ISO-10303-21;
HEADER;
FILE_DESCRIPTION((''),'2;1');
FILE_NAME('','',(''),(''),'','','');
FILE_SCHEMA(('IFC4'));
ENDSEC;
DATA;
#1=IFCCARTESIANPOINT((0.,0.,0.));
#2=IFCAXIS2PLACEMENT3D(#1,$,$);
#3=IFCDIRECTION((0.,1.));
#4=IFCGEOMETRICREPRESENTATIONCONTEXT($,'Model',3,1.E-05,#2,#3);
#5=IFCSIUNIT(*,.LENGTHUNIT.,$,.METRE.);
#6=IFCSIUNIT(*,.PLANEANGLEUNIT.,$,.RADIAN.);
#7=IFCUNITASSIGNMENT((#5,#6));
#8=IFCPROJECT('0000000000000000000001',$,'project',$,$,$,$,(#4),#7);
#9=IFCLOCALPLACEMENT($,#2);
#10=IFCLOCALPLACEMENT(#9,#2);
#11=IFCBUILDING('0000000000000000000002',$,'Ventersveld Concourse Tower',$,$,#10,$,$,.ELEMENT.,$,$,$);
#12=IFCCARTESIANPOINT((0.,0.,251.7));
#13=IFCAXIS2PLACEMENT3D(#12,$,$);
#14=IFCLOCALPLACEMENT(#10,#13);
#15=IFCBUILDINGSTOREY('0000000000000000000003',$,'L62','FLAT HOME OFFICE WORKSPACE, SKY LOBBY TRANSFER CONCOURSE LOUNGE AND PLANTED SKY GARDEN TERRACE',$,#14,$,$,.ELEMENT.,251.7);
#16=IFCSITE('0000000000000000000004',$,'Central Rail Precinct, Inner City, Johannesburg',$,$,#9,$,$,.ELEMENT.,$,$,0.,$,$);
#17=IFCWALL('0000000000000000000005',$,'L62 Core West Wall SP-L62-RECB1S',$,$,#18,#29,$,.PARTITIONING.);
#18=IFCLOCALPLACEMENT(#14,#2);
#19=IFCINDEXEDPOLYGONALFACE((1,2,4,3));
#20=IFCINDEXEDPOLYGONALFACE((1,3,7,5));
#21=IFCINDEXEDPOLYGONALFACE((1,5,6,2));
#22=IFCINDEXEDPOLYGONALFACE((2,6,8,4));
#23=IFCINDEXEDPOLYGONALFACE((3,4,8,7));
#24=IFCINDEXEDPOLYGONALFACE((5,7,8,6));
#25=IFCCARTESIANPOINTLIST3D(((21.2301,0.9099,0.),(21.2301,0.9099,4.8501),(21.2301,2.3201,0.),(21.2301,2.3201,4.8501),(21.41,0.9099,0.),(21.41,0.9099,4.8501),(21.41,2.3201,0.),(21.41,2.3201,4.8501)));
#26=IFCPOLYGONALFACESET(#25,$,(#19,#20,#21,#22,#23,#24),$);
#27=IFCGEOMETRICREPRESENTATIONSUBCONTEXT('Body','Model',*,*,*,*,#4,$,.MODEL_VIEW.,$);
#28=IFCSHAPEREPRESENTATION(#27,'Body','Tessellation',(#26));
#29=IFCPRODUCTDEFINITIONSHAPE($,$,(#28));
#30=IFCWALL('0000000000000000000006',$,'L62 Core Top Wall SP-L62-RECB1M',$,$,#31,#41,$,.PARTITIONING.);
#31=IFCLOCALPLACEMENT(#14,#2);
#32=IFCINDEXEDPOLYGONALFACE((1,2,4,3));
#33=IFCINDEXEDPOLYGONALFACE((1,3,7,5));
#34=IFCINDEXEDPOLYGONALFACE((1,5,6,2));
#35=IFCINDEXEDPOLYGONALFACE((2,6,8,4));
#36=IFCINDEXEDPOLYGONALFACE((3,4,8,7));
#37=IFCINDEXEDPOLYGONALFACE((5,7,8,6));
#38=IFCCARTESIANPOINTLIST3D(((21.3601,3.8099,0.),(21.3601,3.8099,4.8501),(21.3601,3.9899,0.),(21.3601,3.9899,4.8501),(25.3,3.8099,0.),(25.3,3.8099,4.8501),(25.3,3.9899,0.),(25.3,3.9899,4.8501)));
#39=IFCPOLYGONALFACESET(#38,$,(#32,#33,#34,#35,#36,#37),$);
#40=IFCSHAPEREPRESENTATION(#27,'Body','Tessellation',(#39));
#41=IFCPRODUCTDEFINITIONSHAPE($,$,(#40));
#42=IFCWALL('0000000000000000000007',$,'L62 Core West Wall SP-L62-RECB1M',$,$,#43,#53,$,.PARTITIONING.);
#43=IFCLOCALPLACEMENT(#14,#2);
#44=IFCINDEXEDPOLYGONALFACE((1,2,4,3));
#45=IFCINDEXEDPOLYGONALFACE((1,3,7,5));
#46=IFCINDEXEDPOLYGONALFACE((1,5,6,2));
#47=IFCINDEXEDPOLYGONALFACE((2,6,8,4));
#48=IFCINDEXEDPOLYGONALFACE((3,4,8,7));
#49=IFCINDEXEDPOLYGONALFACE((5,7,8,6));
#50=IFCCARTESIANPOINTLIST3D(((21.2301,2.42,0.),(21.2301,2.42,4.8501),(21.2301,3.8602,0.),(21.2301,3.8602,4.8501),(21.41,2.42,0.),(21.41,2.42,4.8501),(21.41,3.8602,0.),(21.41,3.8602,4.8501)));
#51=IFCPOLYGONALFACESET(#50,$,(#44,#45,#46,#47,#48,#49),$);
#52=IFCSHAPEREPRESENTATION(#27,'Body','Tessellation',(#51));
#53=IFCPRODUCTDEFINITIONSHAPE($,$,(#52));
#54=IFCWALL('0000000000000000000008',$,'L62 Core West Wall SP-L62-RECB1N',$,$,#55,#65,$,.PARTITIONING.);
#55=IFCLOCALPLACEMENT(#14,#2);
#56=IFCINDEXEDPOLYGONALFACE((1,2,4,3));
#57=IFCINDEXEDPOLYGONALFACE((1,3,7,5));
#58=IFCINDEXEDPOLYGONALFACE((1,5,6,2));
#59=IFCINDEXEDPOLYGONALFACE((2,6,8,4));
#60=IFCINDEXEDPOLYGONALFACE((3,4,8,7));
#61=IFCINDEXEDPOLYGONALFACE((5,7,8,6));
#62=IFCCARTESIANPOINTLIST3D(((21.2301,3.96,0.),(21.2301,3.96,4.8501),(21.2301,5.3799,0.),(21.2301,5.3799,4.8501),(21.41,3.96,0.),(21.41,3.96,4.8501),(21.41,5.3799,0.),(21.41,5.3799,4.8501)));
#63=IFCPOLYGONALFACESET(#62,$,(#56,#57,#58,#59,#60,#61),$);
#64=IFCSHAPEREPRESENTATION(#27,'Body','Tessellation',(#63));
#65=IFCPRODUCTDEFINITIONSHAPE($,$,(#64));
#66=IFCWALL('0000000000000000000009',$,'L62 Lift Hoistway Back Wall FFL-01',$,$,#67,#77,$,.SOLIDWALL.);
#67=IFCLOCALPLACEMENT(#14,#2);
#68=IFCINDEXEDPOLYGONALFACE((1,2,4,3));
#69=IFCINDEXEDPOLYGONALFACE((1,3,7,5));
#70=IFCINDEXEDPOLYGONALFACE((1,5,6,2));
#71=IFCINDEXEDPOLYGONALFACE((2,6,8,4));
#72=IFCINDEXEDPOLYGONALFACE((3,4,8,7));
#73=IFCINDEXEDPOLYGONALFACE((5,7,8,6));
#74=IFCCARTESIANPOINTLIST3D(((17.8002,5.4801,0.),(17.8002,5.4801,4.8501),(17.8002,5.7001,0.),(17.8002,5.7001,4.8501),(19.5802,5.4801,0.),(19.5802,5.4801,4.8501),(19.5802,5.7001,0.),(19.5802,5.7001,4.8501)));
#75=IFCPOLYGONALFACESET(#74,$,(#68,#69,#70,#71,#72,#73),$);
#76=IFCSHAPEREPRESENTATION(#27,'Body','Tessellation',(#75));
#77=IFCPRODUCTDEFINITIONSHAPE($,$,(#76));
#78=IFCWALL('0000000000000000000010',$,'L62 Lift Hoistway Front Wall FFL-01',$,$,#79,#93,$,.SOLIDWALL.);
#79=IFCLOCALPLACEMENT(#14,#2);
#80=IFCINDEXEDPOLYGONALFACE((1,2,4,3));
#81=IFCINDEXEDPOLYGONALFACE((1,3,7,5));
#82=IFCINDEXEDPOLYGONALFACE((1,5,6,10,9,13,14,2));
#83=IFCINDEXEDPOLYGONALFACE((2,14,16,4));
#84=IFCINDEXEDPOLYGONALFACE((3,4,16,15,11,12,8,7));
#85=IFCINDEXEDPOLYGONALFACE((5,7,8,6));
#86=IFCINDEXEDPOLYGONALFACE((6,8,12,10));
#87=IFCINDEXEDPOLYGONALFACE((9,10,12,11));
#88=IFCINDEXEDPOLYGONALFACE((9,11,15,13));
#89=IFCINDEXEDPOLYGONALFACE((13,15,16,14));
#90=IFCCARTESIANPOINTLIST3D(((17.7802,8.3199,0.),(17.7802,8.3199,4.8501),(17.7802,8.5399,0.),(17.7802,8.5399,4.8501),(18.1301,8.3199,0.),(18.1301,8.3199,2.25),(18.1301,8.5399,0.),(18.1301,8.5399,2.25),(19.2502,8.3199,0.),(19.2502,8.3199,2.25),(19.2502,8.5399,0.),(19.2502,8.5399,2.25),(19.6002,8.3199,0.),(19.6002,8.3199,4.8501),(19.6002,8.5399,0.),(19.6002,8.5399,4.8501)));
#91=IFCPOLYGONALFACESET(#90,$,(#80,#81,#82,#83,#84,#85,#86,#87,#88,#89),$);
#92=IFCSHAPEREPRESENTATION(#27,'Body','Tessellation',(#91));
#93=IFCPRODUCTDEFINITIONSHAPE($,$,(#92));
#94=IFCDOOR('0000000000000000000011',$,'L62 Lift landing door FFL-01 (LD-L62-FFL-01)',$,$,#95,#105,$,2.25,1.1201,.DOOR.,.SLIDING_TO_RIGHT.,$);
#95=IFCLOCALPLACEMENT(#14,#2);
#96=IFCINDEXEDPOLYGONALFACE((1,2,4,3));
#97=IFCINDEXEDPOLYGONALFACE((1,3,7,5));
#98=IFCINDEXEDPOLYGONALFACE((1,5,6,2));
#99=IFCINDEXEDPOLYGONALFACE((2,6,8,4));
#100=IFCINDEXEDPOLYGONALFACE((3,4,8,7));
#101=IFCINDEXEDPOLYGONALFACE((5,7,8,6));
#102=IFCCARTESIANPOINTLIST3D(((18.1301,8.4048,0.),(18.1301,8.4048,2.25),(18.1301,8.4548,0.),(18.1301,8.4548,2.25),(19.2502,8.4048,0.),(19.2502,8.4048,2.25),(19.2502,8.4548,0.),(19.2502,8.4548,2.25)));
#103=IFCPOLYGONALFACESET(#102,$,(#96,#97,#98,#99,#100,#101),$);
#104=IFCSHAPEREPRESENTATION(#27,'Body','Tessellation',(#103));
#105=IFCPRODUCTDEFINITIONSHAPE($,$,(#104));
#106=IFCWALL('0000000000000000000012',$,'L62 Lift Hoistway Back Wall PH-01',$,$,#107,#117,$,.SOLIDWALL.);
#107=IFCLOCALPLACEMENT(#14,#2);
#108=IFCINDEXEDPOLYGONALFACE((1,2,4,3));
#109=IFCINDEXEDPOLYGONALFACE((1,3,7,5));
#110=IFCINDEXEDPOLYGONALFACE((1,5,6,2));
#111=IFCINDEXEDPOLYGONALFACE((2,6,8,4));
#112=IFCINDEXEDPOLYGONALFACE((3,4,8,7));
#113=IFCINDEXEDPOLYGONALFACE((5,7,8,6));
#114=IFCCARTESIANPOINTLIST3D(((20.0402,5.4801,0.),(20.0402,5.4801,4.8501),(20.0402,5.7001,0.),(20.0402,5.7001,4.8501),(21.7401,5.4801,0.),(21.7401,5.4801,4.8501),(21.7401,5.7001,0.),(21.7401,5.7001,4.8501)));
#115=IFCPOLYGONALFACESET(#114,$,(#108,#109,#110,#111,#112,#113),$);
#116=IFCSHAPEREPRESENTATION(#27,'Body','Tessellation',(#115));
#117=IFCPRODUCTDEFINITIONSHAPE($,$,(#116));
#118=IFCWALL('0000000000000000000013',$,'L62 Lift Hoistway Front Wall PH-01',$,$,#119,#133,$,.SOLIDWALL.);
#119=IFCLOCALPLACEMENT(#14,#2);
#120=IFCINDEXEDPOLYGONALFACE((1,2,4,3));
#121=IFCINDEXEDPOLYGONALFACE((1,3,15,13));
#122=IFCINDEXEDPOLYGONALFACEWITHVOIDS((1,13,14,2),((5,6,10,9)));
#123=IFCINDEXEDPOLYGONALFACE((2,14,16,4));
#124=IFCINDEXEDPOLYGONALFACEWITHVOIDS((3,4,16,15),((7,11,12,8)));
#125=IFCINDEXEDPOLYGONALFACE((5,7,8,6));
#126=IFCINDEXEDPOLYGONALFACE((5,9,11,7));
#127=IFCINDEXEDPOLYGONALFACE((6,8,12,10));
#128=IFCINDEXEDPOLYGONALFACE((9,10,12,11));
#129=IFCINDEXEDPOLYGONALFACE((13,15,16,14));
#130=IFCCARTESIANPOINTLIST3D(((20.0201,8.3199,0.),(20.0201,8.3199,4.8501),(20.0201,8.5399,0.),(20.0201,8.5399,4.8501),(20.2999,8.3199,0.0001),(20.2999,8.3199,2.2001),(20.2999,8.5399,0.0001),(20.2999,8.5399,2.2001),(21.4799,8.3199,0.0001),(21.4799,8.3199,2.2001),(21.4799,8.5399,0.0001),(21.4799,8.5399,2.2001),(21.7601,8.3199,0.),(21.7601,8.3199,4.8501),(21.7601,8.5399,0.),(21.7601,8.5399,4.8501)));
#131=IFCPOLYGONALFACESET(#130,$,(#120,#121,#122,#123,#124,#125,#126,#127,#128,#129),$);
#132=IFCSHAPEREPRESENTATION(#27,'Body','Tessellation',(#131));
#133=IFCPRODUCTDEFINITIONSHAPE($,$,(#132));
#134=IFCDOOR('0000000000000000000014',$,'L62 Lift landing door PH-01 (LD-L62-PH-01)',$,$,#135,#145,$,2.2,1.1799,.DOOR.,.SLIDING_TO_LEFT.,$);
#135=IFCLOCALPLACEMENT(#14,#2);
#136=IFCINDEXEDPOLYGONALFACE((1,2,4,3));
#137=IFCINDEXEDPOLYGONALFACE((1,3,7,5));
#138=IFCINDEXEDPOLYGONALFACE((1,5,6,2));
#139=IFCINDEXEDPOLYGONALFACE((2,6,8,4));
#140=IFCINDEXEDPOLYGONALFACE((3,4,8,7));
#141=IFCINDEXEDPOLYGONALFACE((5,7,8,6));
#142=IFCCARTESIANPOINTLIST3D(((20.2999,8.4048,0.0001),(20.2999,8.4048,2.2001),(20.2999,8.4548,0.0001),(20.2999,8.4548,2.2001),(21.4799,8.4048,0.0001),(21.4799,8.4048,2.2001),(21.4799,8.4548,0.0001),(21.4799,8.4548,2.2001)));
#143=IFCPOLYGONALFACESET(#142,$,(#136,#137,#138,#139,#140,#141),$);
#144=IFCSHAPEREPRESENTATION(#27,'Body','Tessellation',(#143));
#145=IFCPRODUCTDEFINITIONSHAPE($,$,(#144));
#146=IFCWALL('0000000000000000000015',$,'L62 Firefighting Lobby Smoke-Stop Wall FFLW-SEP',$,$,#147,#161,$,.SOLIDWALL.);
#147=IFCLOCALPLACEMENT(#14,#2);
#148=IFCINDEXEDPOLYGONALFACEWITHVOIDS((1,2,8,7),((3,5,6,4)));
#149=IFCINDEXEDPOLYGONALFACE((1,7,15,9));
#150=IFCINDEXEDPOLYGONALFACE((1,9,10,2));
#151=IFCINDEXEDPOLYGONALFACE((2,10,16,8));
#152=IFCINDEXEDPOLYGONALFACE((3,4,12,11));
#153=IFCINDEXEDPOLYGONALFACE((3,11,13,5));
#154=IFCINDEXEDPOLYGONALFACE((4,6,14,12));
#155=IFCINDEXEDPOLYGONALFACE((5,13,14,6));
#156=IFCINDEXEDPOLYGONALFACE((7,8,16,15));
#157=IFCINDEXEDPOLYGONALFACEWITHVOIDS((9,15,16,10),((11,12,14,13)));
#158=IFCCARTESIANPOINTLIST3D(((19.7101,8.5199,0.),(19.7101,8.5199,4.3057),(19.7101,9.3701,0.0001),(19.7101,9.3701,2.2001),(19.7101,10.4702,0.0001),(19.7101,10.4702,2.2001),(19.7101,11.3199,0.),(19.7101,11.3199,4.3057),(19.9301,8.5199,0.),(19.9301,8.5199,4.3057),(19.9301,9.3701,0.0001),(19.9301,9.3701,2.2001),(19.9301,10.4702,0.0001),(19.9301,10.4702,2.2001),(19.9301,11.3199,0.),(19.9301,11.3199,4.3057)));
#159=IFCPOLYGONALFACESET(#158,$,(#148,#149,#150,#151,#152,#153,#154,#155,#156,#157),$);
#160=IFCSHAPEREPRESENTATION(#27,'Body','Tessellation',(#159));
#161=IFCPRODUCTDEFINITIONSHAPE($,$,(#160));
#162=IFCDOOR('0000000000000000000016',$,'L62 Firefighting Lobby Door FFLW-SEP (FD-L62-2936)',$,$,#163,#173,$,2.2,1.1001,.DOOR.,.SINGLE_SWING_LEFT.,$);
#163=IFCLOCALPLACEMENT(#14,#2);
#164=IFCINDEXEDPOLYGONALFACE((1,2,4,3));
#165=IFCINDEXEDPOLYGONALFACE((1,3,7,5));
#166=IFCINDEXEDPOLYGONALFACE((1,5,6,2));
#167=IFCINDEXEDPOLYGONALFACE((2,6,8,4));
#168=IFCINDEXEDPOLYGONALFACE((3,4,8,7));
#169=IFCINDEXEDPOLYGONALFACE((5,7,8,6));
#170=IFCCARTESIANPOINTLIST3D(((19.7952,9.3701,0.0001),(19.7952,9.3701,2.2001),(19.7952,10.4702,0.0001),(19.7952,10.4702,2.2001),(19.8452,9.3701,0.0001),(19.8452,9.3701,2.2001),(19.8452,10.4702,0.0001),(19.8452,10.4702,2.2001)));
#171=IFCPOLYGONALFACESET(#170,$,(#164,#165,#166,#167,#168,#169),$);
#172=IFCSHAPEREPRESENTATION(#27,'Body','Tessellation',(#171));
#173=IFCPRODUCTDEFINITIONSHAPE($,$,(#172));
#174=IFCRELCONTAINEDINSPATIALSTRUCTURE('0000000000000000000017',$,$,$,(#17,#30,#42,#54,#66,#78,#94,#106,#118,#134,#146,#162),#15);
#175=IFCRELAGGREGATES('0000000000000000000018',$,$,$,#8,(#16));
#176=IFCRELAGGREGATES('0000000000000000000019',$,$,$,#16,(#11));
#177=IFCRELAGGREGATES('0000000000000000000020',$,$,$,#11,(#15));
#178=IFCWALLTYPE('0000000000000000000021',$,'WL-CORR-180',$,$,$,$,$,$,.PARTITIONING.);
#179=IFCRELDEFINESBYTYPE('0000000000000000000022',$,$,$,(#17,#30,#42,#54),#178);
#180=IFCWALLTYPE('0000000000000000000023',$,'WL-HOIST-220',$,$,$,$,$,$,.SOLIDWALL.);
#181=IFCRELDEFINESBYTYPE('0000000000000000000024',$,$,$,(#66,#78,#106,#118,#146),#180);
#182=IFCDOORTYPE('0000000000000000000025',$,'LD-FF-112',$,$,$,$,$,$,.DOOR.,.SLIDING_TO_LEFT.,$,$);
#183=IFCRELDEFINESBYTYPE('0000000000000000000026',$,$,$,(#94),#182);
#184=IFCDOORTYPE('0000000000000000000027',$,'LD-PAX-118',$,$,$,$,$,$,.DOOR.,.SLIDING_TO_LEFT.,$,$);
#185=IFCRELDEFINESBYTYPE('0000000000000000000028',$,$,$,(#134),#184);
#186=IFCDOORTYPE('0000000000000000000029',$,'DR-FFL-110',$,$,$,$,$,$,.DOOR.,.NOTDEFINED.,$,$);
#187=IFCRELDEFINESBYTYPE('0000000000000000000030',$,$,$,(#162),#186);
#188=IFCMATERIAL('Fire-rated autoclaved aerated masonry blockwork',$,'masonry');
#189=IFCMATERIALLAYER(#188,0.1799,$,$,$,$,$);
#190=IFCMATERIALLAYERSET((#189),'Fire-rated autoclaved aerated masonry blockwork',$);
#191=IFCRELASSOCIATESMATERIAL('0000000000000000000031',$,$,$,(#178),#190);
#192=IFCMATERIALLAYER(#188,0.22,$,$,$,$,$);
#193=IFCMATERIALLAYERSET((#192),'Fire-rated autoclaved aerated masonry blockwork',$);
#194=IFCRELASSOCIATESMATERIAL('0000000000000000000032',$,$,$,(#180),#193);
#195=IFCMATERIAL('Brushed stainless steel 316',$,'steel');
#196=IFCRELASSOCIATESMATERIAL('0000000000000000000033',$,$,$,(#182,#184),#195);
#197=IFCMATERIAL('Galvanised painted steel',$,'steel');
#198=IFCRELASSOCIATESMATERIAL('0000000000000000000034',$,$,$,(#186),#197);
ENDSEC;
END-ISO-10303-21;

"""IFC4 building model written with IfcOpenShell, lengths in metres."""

from ifc_helpers import new_model, si_unit, direction, frame, frame_2d, origin, place, context, subcontext, project, spatial, rectangle, extrude, material, layer, layer_set, type_object, element, fill, save


model = new_model("IFC4")

# Units and contexts
model_context = context("Model", 3, precision=1e-05, world=origin(), true_north=direction((0.0, 1.0)))
body_context = subcontext(model_context, "Body", "Model", "MODEL_VIEW")
ifc_project = project(units=[si_unit("LENGTHUNIT", "METRE"), si_unit("PLANEANGLEUNIT", "RADIAN")], contexts=[model_context])

# Site, building, storey
site_placement = place(None, origin())
site = spatial("IfcSite", under=ifc_project, at=site_placement, Name="Central Rail Precinct, Inner City, Johannesburg", CompositionType="ELEMENT", RefElevation=0.0)
building_placement = place(site_placement, origin())
building = spatial("IfcBuilding", under=site, at=building_placement, Name="Ventersveld Concourse Tower", CompositionType="ELEMENT")
storey_placement = place(building_placement, frame((0.0, 0.0, 251.7)))
storey = spatial("IfcBuildingStorey", under=building, at=storey_placement, Name="L62", Description="FLAT HOME OFFICE WORKSPACE, SKY LOBBY TRANSFER CONCOURSE LOUNGE AND PLANTED SKY GARDEN TERRACE", CompositionType="ELEMENT", Elevation=251.7)

# Walls
ifc_material_1 = material(Name="Fire-rated autoclaved aerated masonry blockwork", Category="masonry")
ifc_layer_1 = layer(ifc_material_1, 0.1799)
ifc_layer_set_1 = layer_set([ifc_layer_1], Name="Fire-rated autoclaved aerated masonry blockwork")
wall_type_1 = type_object("IfcWallType", Name="WL-CORR-180", PredefinedType="PARTITIONING", material=ifc_layer_set_1)
wall_1_placement = place(storey_placement, frame((21.3201, 0.9099, 0.0), z_axis=(0.0, 0.0, 1.0), x_axis=(0.0, 1.0, 0.0)))
element("IfcWall", 1, at=wall_1_placement, inside=storey, type_object=wall_type_1, Name="L62 Core West Wall SP-L62-RECB1S", PredefinedType="PARTITIONING", context=body_context, shape_type="SweptSolid", body=[
    extrude(rectangle(XDim=1.4102, YDim=0.1799, at=frame_2d((0.7051, 0.0))), origin(), (0.0, 0.0, 1.0), 4.8501),
])
wall_2_placement = place(storey_placement, frame((21.3601, 3.8999, 0.0), z_axis=(0.0, 0.0, 1.0), x_axis=(1.0, 0.0, 0.0)))
element("IfcWall", 2, at=wall_2_placement, inside=storey, type_object=wall_type_1, Name="L62 Core Top Wall SP-L62-RECB1M", PredefinedType="PARTITIONING", context=body_context, shape_type="SweptSolid", body=[
    extrude(rectangle(XDim=3.9399, YDim=0.1799, at=frame_2d((1.97, 0.0))), origin(), (0.0, 0.0, 1.0), 4.8501),
])
wall_3_placement = place(storey_placement, frame((21.3201, 2.4199, 0.0), z_axis=(0.0, 0.0, 1.0), x_axis=(0.0, 1.0, 0.0)))
element("IfcWall", 3, at=wall_3_placement, inside=storey, type_object=wall_type_1, Name="L62 Core West Wall SP-L62-RECB1M", PredefinedType="PARTITIONING", context=body_context, shape_type="SweptSolid", body=[
    extrude(rectangle(XDim=1.4402, YDim=0.1799, at=frame_2d((0.7202, 0.0))), origin(), (0.0, 0.0, 1.0), 4.8501),
])
wall_4_placement = place(storey_placement, frame((21.3201, 3.96, 0.0), z_axis=(0.0, 0.0, 1.0), x_axis=(0.0, 1.0, 0.0)))
element("IfcWall", 4, at=wall_4_placement, inside=storey, type_object=wall_type_1, Name="L62 Core West Wall SP-L62-RECB1N", PredefinedType="PARTITIONING", context=body_context, shape_type="SweptSolid", body=[
    extrude(rectangle(XDim=1.4199, YDim=0.1799, at=frame_2d((0.71, 0.0))), origin(), (0.0, 0.0, 1.0), 4.8501),
])
ifc_layer_2 = layer(ifc_material_1, 0.22)
ifc_layer_set_2 = layer_set([ifc_layer_2], Name="Fire-rated autoclaved aerated masonry blockwork")
wall_type_2 = type_object("IfcWallType", Name="WL-HOIST-220", PredefinedType="SOLIDWALL", material=ifc_layer_set_2)
wall_5_placement = place(storey_placement, frame((17.8, 5.5901, 0.0), z_axis=(0.0, 0.0, 1.0), x_axis=(1.0, 0.0, 0.0)))
element("IfcWall", 5, at=wall_5_placement, inside=storey, type_object=wall_type_2, Name="L62 Lift Hoistway Back Wall FFL-01", PredefinedType="SOLIDWALL", context=body_context, shape_type="SweptSolid", body=[
    extrude(rectangle(XDim=1.78, YDim=0.22, at=frame_2d((0.8901, 0.0))), origin(), (0.0, 0.0, 1.0), 4.8501),
])

# Wall, opening, door
wall_6_placement = place(storey_placement, frame((17.78, 8.4299, 0.0), z_axis=(0.0, 0.0, 1.0), x_axis=(1.0, 0.0, 0.0)))
wall_6 = element("IfcWall", 6, at=wall_6_placement, inside=storey, type_object=wall_type_2, Name="L62 Lift Hoistway Front Wall FFL-01", PredefinedType="SOLIDWALL", context=body_context, shape_type="SweptSolid", body=[
    extrude(rectangle(XDim=1.8201, YDim=0.22, at=frame_2d((0.9102, 0.0))), origin(), (0.0, 0.0, 1.0), 4.8501),
])
opening_1_placement = place(wall_6_placement, frame((0.3501, 0.0, 0.0)))
opening_1 = element("IfcOpeningElement", 7, at=opening_1_placement, cuts=wall_6, PredefinedType="OPENING", context=body_context, shape_type="SweptSolid", body=[
    extrude(rectangle(XDim=1.1201, YDim=2.25, at=frame_2d((0.5601, 1.125))), frame((0.0, 0.1201, 0.0), z_axis=(0.0, -1.0, 0.0), x_axis=(1.0, 0.0, 0.0)), (0.0, 0.0, 1.0), 0.24),
])
ifc_material_2 = material(Name="Brushed stainless steel 316", Category="steel")
door_type_1 = type_object("IfcDoorType", Name="LD-FF-112", OperationType="SLIDING_TO_LEFT", PredefinedType="DOOR", material=ifc_material_2)
door_1_placement = place(opening_1_placement, origin())
door_1 = element("IfcDoor", 8, at=door_1_placement, inside=storey, type_object=door_type_1, Name="L62 Lift landing door FFL-01 (LD-L62-FFL-01)", OperationType="SLIDING_TO_RIGHT", OverallHeight=2.25, OverallWidth=1.1201, PredefinedType="DOOR", context=body_context, shape_type="SweptSolid", body=[
    extrude(rectangle(XDim=1.1201, YDim=2.25, at=frame_2d((0.5601, 1.125))), frame((0.0, 0.0249, 0.0), z_axis=(0.0, -1.0, 0.0), x_axis=(1.0, 0.0, 0.0)), (0.0, 0.0, 1.0), 0.05),
])
fill(opening_1, door_1)

# Wall
wall_7_placement = place(storey_placement, frame((20.04, 5.5901, 0.0), z_axis=(0.0, 0.0, 1.0), x_axis=(1.0, 0.0, 0.0)))
element("IfcWall", 9, at=wall_7_placement, inside=storey, type_object=wall_type_2, Name="L62 Lift Hoistway Back Wall PH-01", PredefinedType="SOLIDWALL", context=body_context, shape_type="SweptSolid", body=[
    extrude(rectangle(XDim=1.7, YDim=0.22, at=frame_2d((0.8501, 0.0))), origin(), (0.0, 0.0, 1.0), 4.8501),
])

# Walls, openings, doors
wall_8_placement = place(storey_placement, frame((20.02, 8.4299, 0.0), z_axis=(0.0, 0.0, 1.0), x_axis=(1.0, 0.0, 0.0)))
wall_8 = element("IfcWall", 10, at=wall_8_placement, inside=storey, type_object=wall_type_2, Name="L62 Lift Hoistway Front Wall PH-01", PredefinedType="SOLIDWALL", context=body_context, shape_type="SweptSolid", body=[
    extrude(rectangle(XDim=1.74, YDim=0.22, at=frame_2d((0.8701, 0.0))), origin(), (0.0, 0.0, 1.0), 4.8501),
])
opening_2_placement = place(wall_8_placement, frame((0.28, 0.0, 0.0)))
opening_2 = element("IfcOpeningElement", 11, at=opening_2_placement, cuts=wall_8, PredefinedType="OPENING", context=body_context, shape_type="SweptSolid", body=[
    extrude(rectangle(XDim=1.1799, YDim=2.2, at=frame_2d((0.5898, 1.1001))), frame((0.0, 0.1201, 0.0), z_axis=(0.0, -1.0, 0.0), x_axis=(1.0, 0.0, 0.0)), (0.0, 0.0, 1.0), 0.24),
])
door_type_2 = type_object("IfcDoorType", Name="LD-PAX-118", OperationType="SLIDING_TO_LEFT", PredefinedType="DOOR", material=ifc_material_2)
door_2_placement = place(opening_2_placement, origin())
door_2 = element("IfcDoor", 12, at=door_2_placement, inside=storey, type_object=door_type_2, Name="L62 Lift landing door PH-01 (LD-L62-PH-01)", OperationType="SLIDING_TO_LEFT", OverallHeight=2.2, OverallWidth=1.1799, PredefinedType="DOOR", context=body_context, shape_type="SweptSolid", body=[
    extrude(rectangle(XDim=1.1799, YDim=2.2, at=frame_2d((0.5898, 1.1001))), frame((0.0, 0.0249, 0.0), z_axis=(0.0, -1.0, 0.0), x_axis=(1.0, 0.0, 0.0)), (0.0, 0.0, 1.0), 0.05),
])
fill(opening_2, door_2)
wall_9_placement = place(storey_placement, frame((19.8201, 8.52, 0.0), z_axis=(0.0, 0.0, 1.0), x_axis=(0.0, 1.0, 0.0)))
wall_9 = element("IfcWall", 13, at=wall_9_placement, inside=storey, type_object=wall_type_2, Name="L62 Firefighting Lobby Smoke-Stop Wall FFLW-SEP", PredefinedType="SOLIDWALL", context=body_context, shape_type="SweptSolid", body=[
    extrude(rectangle(XDim=2.8, YDim=0.22, at=frame_2d((1.3999, 0.0))), origin(), (0.0, 0.0, 1.0), 4.3057),
])
opening_3_placement = place(wall_9_placement, frame((0.8501, 0.0, 0.0)))
opening_3 = element("IfcOpeningElement", 14, at=opening_3_placement, cuts=wall_9, PredefinedType="OPENING", context=body_context, shape_type="SweptSolid", body=[
    extrude(rectangle(XDim=1.1001, YDim=2.2, at=frame_2d((0.55, 1.1001))), frame((0.0, 0.1201, 0.0), z_axis=(0.0, -1.0, 0.0), x_axis=(1.0, 0.0, 0.0)), (0.0, 0.0, 1.0), 0.24),
])
ifc_material_3 = material(Name="Galvanised painted steel", Category="steel")
door_type_3 = type_object("IfcDoorType", Name="DR-FFL-110", OperationType="NOTDEFINED", PredefinedType="DOOR", material=ifc_material_3)
door_3_placement = place(opening_3_placement, origin())
door_3 = element("IfcDoor", 15, at=door_3_placement, inside=storey, type_object=door_type_3, Name="L62 Firefighting Lobby Door FFLW-SEP (FD-L62-2936)", OperationType="SINGLE_SWING_LEFT", OverallHeight=2.2, OverallWidth=1.1001, PredefinedType="DOOR", context=body_context, shape_type="SweptSolid", body=[
    extrude(rectangle(XDim=1.1001, YDim=2.2, at=frame_2d((0.55, 1.1001))), frame((0.0, 0.0249, 0.0), z_axis=(0.0, -1.0, 0.0), x_axis=(1.0, 0.0, 0.0)), (0.0, 0.0, 1.0), 0.05),
])
fill(opening_3, door_3)

save(model, "model.ifc")
